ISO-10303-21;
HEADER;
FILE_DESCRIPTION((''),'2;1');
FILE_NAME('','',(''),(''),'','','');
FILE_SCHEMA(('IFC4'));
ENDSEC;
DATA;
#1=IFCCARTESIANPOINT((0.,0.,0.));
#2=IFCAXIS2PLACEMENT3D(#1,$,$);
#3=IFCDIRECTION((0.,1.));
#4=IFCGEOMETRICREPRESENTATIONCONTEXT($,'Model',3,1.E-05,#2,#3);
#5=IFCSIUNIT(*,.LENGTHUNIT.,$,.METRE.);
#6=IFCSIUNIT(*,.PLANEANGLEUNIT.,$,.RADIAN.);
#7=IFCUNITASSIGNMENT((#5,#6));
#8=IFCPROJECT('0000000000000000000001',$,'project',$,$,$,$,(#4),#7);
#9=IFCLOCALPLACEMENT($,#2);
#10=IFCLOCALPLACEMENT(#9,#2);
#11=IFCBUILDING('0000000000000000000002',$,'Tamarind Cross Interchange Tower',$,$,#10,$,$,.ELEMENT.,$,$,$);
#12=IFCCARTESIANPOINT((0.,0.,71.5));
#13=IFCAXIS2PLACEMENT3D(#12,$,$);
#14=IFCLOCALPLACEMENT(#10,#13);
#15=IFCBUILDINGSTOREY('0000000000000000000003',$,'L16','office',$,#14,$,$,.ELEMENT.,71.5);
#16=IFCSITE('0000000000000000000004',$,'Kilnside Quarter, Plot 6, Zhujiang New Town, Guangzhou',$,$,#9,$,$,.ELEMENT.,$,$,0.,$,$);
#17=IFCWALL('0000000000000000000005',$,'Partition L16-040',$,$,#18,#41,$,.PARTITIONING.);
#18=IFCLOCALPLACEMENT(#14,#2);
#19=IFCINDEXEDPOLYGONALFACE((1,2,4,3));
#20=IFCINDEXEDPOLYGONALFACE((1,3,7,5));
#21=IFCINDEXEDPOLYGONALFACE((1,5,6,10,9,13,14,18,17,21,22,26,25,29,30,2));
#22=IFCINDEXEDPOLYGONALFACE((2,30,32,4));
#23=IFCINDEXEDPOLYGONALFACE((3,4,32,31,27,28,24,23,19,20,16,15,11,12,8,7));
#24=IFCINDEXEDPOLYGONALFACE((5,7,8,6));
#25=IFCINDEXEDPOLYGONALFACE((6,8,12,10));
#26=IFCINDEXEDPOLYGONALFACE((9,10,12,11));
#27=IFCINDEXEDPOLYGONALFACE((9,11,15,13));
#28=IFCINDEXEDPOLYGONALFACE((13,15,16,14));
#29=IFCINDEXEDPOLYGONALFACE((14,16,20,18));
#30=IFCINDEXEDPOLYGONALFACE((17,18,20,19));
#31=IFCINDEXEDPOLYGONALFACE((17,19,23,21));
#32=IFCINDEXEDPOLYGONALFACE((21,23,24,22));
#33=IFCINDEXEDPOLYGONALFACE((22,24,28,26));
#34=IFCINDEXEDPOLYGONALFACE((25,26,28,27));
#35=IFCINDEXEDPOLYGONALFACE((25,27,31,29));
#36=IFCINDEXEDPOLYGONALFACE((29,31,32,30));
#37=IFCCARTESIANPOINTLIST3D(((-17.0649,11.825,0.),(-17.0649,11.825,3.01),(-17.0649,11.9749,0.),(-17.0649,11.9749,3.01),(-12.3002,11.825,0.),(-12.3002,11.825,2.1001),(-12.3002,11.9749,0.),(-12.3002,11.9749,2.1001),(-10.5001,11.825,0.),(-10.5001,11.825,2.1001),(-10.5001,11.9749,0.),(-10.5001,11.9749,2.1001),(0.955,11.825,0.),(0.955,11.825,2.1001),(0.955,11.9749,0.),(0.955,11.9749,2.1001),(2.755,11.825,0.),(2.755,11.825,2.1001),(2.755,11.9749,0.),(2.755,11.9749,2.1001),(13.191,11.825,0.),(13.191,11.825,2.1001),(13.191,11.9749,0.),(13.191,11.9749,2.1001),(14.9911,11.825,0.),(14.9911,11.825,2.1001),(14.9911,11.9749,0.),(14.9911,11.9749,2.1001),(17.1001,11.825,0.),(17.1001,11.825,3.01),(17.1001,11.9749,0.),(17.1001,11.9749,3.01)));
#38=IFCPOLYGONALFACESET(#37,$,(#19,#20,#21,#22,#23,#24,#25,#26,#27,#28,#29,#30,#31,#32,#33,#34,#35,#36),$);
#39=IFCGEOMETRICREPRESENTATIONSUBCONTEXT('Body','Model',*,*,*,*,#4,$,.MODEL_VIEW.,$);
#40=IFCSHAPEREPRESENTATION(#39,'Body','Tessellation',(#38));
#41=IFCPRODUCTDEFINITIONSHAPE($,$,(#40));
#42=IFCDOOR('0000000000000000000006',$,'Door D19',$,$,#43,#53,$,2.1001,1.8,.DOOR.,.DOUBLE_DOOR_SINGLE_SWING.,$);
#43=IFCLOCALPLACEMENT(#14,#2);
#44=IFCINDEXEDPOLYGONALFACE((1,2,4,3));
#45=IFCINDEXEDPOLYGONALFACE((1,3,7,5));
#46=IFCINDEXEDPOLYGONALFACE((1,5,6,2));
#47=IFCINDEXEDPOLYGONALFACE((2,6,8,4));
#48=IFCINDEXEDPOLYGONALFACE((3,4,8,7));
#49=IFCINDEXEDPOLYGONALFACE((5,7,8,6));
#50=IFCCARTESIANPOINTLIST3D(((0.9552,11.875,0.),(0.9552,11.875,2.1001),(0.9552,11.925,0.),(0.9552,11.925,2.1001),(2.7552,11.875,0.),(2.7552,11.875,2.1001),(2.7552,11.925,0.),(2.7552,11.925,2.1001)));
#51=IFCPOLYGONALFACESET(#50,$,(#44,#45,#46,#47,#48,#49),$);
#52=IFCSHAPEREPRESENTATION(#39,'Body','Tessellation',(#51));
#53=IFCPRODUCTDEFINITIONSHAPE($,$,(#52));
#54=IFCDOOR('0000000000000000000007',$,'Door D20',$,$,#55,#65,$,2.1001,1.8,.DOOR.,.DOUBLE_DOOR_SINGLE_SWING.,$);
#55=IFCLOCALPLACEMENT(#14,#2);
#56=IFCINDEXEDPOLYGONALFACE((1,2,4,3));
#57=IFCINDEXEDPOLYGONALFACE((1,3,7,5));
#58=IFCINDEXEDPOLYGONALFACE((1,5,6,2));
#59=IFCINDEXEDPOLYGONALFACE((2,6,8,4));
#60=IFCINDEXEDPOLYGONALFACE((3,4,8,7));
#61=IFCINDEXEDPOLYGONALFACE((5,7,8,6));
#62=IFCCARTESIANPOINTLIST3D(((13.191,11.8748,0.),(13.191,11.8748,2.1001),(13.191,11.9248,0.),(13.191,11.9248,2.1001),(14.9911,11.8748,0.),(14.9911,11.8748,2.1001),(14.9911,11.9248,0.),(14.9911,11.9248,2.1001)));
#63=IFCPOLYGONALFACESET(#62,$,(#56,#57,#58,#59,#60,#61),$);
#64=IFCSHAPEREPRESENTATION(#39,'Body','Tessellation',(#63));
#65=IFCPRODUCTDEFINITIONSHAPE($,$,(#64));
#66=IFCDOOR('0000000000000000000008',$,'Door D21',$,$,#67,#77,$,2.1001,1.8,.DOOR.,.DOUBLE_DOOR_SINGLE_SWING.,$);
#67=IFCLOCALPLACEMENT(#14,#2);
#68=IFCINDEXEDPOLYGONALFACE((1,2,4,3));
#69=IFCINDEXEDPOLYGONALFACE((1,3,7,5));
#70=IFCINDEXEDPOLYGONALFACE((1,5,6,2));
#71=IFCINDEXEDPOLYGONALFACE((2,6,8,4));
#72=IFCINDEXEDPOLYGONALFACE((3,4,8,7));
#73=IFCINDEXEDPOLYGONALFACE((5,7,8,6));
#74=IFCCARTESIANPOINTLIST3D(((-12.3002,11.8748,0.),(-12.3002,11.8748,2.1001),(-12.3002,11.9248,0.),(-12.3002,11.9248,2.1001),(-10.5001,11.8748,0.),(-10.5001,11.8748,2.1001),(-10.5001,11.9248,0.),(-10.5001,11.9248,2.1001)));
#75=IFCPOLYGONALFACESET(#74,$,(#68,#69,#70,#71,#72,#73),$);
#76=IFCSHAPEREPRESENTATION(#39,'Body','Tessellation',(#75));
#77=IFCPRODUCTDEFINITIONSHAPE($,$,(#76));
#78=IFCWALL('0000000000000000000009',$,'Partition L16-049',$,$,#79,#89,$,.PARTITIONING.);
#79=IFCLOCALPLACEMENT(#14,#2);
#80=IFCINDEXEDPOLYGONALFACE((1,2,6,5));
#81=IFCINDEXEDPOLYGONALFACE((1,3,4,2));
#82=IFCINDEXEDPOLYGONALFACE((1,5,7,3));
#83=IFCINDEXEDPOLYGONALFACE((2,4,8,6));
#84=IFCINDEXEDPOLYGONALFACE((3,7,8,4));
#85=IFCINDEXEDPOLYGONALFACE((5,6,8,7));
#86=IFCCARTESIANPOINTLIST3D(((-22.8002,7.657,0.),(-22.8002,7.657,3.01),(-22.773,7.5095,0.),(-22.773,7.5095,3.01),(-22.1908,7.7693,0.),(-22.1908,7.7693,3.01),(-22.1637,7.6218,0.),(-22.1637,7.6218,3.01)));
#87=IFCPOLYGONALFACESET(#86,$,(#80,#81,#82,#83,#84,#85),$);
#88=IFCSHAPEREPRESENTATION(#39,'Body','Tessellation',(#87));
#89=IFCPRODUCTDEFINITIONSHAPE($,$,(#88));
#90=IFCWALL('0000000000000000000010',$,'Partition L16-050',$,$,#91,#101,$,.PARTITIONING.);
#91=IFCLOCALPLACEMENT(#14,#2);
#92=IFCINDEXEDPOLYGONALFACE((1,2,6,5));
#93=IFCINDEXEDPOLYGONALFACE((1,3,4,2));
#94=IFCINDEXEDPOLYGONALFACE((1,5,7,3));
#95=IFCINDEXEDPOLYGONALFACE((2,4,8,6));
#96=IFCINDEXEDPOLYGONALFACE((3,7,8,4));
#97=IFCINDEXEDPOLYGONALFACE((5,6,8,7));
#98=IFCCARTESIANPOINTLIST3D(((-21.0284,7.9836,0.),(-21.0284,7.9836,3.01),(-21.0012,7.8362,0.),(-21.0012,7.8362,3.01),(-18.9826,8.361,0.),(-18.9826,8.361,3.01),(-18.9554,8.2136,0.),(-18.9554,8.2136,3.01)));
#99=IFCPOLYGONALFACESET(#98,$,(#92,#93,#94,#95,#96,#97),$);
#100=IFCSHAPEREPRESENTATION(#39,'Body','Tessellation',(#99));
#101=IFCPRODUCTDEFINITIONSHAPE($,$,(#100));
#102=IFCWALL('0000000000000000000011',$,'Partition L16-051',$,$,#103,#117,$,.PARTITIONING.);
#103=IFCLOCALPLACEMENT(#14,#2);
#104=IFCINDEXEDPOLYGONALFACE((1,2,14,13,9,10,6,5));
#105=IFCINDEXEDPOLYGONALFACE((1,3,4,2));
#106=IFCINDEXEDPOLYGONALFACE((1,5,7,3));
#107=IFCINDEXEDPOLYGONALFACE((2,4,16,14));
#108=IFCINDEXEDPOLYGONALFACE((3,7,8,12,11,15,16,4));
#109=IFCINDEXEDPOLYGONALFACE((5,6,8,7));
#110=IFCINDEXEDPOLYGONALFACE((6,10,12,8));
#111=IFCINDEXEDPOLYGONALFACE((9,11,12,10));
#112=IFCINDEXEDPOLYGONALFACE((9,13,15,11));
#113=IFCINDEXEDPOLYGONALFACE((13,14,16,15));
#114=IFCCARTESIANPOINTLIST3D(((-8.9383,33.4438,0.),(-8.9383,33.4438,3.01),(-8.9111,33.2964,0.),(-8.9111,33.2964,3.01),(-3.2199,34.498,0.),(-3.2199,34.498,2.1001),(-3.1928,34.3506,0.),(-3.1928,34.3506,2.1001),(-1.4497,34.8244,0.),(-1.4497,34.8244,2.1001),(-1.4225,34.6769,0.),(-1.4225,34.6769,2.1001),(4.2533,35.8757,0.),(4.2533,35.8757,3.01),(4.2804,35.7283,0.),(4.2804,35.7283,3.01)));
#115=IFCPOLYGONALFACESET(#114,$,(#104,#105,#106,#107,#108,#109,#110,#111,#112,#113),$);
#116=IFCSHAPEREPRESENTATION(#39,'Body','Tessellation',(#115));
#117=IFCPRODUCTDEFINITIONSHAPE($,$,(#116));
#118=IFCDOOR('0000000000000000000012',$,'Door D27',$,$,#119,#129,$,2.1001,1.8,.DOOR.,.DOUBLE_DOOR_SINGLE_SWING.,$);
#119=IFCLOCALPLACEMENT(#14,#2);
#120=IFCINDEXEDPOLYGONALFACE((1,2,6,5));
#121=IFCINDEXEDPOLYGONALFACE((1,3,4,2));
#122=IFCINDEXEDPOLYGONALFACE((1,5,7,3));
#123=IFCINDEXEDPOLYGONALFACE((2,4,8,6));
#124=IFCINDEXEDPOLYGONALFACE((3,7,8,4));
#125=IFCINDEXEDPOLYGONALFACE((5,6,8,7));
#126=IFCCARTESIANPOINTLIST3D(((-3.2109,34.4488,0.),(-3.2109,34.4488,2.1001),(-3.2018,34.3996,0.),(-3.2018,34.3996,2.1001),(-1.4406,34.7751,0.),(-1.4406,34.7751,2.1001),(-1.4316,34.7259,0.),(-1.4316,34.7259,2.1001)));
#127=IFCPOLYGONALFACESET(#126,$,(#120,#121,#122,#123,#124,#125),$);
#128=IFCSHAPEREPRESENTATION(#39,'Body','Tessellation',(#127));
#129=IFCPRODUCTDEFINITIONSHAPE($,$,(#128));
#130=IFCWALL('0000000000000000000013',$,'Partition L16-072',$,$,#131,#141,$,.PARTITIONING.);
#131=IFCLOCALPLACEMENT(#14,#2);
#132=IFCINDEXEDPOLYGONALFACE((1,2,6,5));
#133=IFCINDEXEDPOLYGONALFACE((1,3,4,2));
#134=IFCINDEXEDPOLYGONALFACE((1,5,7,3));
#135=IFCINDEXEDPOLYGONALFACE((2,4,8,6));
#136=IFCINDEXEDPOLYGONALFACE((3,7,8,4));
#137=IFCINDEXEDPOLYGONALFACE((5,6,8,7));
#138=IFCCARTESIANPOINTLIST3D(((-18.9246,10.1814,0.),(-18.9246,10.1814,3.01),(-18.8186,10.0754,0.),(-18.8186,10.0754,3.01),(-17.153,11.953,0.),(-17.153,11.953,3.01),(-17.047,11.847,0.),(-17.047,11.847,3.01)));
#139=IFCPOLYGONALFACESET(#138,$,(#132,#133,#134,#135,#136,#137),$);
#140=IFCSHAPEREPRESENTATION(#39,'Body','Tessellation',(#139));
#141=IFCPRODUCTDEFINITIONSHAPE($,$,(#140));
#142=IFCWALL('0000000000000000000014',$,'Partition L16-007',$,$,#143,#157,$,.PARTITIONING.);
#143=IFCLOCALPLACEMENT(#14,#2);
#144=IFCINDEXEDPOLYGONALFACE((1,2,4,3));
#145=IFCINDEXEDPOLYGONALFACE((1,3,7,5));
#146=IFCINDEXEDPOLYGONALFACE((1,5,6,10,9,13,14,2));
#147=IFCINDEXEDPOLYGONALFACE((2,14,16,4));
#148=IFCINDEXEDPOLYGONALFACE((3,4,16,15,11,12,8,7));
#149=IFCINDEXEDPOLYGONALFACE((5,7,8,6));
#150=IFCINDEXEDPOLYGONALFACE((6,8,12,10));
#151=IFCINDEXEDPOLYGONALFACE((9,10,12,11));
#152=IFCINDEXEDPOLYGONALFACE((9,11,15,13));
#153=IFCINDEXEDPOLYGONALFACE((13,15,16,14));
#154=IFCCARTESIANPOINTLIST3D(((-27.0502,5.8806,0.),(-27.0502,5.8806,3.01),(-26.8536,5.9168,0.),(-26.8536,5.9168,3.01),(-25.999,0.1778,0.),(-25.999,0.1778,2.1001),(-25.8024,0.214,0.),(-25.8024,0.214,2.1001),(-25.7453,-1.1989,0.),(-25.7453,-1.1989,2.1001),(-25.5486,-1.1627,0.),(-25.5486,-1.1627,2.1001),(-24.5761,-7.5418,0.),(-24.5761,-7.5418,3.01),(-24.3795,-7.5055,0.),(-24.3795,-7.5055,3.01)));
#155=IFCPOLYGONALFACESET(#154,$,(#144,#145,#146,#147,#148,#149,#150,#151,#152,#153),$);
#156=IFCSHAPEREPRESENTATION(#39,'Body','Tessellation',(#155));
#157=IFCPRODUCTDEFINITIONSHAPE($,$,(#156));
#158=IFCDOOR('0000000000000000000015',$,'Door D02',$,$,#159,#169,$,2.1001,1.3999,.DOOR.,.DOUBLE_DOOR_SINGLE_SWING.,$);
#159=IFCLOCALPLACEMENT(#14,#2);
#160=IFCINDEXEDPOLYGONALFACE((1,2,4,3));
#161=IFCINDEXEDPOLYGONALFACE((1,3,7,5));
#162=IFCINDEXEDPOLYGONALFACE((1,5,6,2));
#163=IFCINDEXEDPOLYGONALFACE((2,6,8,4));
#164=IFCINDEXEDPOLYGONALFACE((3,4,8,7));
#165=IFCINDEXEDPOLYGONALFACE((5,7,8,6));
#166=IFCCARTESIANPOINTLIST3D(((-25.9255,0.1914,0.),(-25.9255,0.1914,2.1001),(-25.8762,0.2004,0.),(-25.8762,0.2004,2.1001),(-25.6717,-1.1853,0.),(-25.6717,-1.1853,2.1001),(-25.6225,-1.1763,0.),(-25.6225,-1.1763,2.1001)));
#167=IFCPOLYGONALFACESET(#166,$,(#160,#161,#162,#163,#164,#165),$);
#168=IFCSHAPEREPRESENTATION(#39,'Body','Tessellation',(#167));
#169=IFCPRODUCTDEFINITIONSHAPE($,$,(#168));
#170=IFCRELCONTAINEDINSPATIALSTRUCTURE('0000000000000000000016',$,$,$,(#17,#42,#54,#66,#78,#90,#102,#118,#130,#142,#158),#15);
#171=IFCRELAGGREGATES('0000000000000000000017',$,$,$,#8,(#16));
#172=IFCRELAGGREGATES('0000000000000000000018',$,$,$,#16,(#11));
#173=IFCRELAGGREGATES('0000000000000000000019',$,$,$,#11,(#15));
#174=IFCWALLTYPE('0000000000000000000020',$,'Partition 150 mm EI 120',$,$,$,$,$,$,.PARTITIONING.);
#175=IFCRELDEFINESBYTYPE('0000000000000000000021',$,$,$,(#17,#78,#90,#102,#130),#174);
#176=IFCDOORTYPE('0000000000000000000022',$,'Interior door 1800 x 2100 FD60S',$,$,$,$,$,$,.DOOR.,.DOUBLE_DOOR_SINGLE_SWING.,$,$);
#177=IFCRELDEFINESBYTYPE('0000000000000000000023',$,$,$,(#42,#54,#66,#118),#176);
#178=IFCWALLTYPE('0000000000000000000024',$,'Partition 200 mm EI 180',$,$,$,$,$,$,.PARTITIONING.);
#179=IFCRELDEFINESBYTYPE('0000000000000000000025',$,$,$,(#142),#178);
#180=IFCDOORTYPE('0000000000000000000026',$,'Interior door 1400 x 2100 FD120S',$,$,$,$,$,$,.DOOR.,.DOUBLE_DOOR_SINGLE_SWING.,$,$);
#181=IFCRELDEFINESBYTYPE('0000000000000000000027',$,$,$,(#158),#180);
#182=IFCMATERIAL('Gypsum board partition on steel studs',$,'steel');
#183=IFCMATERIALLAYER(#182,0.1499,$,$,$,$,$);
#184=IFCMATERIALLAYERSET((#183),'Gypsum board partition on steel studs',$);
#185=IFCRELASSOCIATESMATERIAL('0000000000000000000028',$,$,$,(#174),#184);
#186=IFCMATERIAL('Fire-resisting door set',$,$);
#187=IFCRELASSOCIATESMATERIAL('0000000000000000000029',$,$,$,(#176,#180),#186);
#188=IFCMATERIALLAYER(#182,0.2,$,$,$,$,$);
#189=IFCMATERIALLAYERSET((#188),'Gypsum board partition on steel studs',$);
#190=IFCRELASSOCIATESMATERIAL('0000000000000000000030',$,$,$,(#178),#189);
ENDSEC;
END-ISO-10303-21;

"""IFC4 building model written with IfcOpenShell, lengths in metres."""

from ifc_helpers import new_model, si_unit, direction, frame, frame_2d, origin, place, context, subcontext, project, spatial, rectangle, extrude, material, layer, layer_set, type_object, element, fill, save


model = new_model("IFC4")

# Units and contexts
model_context = context("Model", 3, precision=1e-05, world=origin(), true_north=direction((0.0, 1.0)))
body_context = subcontext(model_context, "Body", "Model", "MODEL_VIEW")
ifc_project = project(units=[si_unit("LENGTHUNIT", "METRE"), si_unit("PLANEANGLEUNIT", "RADIAN")], contexts=[model_context])

# Site, building, storey
site_placement = place(None, origin())
site = spatial("IfcSite", under=ifc_project, at=site_placement, Name="Kilnside Quarter, Plot 6, Zhujiang New Town, Guangzhou", CompositionType="ELEMENT", RefElevation=0.0)
building_placement = place(site_placement, origin())
building = spatial("IfcBuilding", under=site, at=building_placement, Name="Tamarind Cross Interchange Tower", CompositionType="ELEMENT")
storey_placement = place(building_placement, frame((0.0, 0.0, 71.5)))
storey = spatial("IfcBuildingStorey", under=building, at=storey_placement, Name="L16", Description="office", CompositionType="ELEMENT", Elevation=71.5)

# Shared definitions
ifc_material_1 = material(Name="Gypsum board partition on steel studs", Category="steel")
ifc_layer_1 = layer(ifc_material_1, 0.1499)
ifc_layer_set_1 = layer_set([ifc_layer_1], Name="Gypsum board partition on steel studs")
wall_type_1 = type_object("IfcWallType", Name="Partition 150 mm EI 120", PredefinedType="PARTITIONING", material=ifc_layer_set_1)

# Wall, openings, doors
wall_1_placement = place(storey_placement, frame((-17.0649, 11.8999, 0.0), z_axis=(0.0, 0.0, 1.0), x_axis=(1.0, 0.0, 0.0)))
wall_1 = element("IfcWall", 1, at=wall_1_placement, inside=storey, type_object=wall_type_1, Name="Partition L16-040", PredefinedType="PARTITIONING", context=body_context, shape_type="SweptSolid", body=[
    extrude(rectangle(XDim=34.165, YDim=0.1499, at=frame_2d((17.0825, 0.0))), origin(), (0.0, 0.0, 1.0), 3.01),
])
opening_1_placement = place(wall_1_placement, frame((18.02, 0.0, 0.0)))
opening_1 = element("IfcOpeningElement", 2, at=opening_1_placement, cuts=wall_1, PredefinedType="OPENING", context=body_context, shape_type="SweptSolid", body=[
    extrude(rectangle(XDim=1.8, YDim=2.1001, at=frame_2d((0.8999, 1.05))), frame((0.0, 0.085, 0.0), z_axis=(0.0, -1.0, 0.0), x_axis=(1.0, 0.0, 0.0)), (0.0, 0.0, 1.0), 0.1699),
])
opening_2_placement = place(wall_1_placement, frame((30.2561, 0.0, 0.0)))
opening_2 = element("IfcOpeningElement", 3, at=opening_2_placement, cuts=wall_1, PredefinedType="OPENING", context=body_context, shape_type="SweptSolid", body=[
    extrude(rectangle(XDim=1.8, YDim=2.1001, at=frame_2d((0.8999, 1.05))), frame((0.0, 0.085, 0.0), z_axis=(0.0, -1.0, 0.0), x_axis=(1.0, 0.0, 0.0)), (0.0, 0.0, 1.0), 0.1699),
])
opening_3_placement = place(wall_1_placement, frame((4.7649, 0.0, 0.0)))
opening_3 = element("IfcOpeningElement", 4, at=opening_3_placement, cuts=wall_1, PredefinedType="OPENING", context=body_context, shape_type="SweptSolid", body=[
    extrude(rectangle(XDim=1.8, YDim=2.1001, at=frame_2d((0.8999, 1.05))), frame((0.0, 0.085, 0.0), z_axis=(0.0, -1.0, 0.0), x_axis=(1.0, 0.0, 0.0)), (0.0, 0.0, 1.0), 0.1699),
])
ifc_material_2 = material(Name="Fire-resisting door set")
door_type_1 = type_object("IfcDoorType", Name="Interior door 1800 x 2100 FD60S", OperationType="DOUBLE_DOOR_SINGLE_SWING", PredefinedType="DOOR", material=ifc_material_2)
door_1_placement = place(opening_1_placement, frame((1.8, 0.0, 0.0), z_axis=(0.0, 0.0, 1.0), x_axis=(-1.0, 0.0, 0.0)))
door_1 = element("IfcDoor", 5, at=door_1_placement, inside=storey, type_object=door_type_1, Name="Door D19", OperationType="DOUBLE_DOOR_SINGLE_SWING", OverallHeight=2.1001, OverallWidth=1.8, PredefinedType="DOOR", context=body_context, shape_type="SweptSolid", body=[
    extrude(rectangle(XDim=1.8, YDim=2.1001, at=frame_2d((0.8999, 1.05))), frame((0.0, 0.0249, 0.0), z_axis=(0.0, -1.0, 0.0), x_axis=(1.0, 0.0, 0.0)), (0.0, 0.0, 1.0), 0.05),
])
fill(opening_1, door_1)
door_2_placement = place(opening_2_placement, origin())
door_2 = element("IfcDoor", 6, at=door_2_placement, inside=storey, type_object=door_type_1, Name="Door D20", OperationType="DOUBLE_DOOR_SINGLE_SWING", OverallHeight=2.1001, OverallWidth=1.8, PredefinedType="DOOR", context=body_context, shape_type="SweptSolid", body=[
    extrude(rectangle(XDim=1.8, YDim=2.1001, at=frame_2d((0.8999, 1.05))), frame((0.0, 0.0249, 0.0), z_axis=(0.0, -1.0, 0.0), x_axis=(1.0, 0.0, 0.0)), (0.0, 0.0, 1.0), 0.05),
])
fill(opening_2, door_2)
door_3_placement = place(opening_3_placement, origin())
door_3 = element("IfcDoor", 7, at=door_3_placement, inside=storey, type_object=door_type_1, Name="Door D21", OperationType="DOUBLE_DOOR_SINGLE_SWING", OverallHeight=2.1001, OverallWidth=1.8, PredefinedType="DOOR", context=body_context, shape_type="SweptSolid", body=[
    extrude(rectangle(XDim=1.8, YDim=2.1001, at=frame_2d((0.8999, 1.05))), frame((0.0, 0.0249, 0.0), z_axis=(0.0, -1.0, 0.0), x_axis=(1.0, 0.0, 0.0)), (0.0, 0.0, 1.0), 0.05),
])
fill(opening_3, door_3)

# Walls
wall_2_placement = place(storey_placement, frame((-22.7866, 7.5833, 0.0), z_axis=(0.0, 0.0, 1.0), x_axis=(0.983438, 0.181243, 0.0)))
element("IfcWall", 8, at=wall_2_placement, inside=storey, type_object=wall_type_1, Name="Partition L16-049", PredefinedType="PARTITIONING", context=body_context, shape_type="SweptSolid", body=[
    extrude(rectangle(XDim=0.6196, YDim=0.1499, at=frame_2d((0.3098, 0.0))), origin(), (0.0, 0.0, 1.0), 3.01),
])
wall_3_placement = place(storey_placement, frame((-21.0146, 7.9099, 0.0), z_axis=(0.0, 0.0, 1.0), x_axis=(0.983405, 0.181425, 0.0)))
element("IfcWall", 9, at=wall_3_placement, inside=storey, type_object=wall_type_1, Name="Partition L16-050", PredefinedType="PARTITIONING", context=body_context, shape_type="SweptSolid", body=[
    extrude(rectangle(XDim=2.0803, YDim=0.1499, at=frame_2d((1.04, 0.0))), origin(), (0.0, 0.0, 1.0), 3.01),
])

# Wall, opening, door
wall_4_placement = place(storey_placement, frame((-8.9248, 33.3701, 0.0), z_axis=(0.0, 0.0, 1.0), x_axis=(0.983429, 0.181295, 0.0)))
wall_4 = element("IfcWall", 10, at=wall_4_placement, inside=storey, type_object=wall_type_1, Name="Partition L16-051", PredefinedType="PARTITIONING", context=body_context, shape_type="SweptSolid", body=[
    extrude(rectangle(XDim=13.4138, YDim=0.1499, at=frame_2d((6.707, 0.0))), origin(), (0.0, 0.0, 1.0), 3.01),
])
opening_4_placement = place(wall_4_placement, frame((5.8149, 0.0, 0.0)))
opening_4 = element("IfcOpeningElement", 11, at=opening_4_placement, cuts=wall_4, PredefinedType="OPENING", context=body_context, shape_type="SweptSolid", body=[
    extrude(rectangle(XDim=1.8, YDim=2.1001, at=frame_2d((0.8999, 1.05))), frame((0.0, 0.085, 0.0), z_axis=(0.0, -1.0, 0.0), x_axis=(1.0, 0.0, 0.0)), (0.0, 0.0, 1.0), 0.1699),
])
door_4_placement = place(opening_4_placement, origin())
door_4 = element("IfcDoor", 12, at=door_4_placement, inside=storey, type_object=door_type_1, Name="Door D27", OperationType="DOUBLE_DOOR_SINGLE_SWING", OverallHeight=2.1001, OverallWidth=1.8, PredefinedType="DOOR", context=body_context, shape_type="SweptSolid", body=[
    extrude(rectangle(XDim=1.8, YDim=2.1001, at=frame_2d((0.8999, 1.05))), frame((0.0, 0.0249, 0.0), z_axis=(0.0, -1.0, 0.0), x_axis=(1.0, 0.0, 0.0)), (0.0, 0.0, 1.0), 0.05),
])
fill(opening_4, door_4)

# Wall
wall_5_placement = place(storey_placement, frame((-18.8716, 10.1284, 0.0), z_axis=(0.0, 0.0, 1.0), x_axis=(0.707107, 0.707107, 0.0)))
element("IfcWall", 13, at=wall_5_placement, inside=storey, type_object=wall_type_1, Name="Partition L16-072", PredefinedType="PARTITIONING", context=body_context, shape_type="SweptSolid", body=[
    extrude(rectangle(XDim=2.5054, YDim=0.1499, at=frame_2d((1.2527, 0.0))), origin(), (0.0, 0.0, 1.0), 3.01),
])

# Wall, opening, door
ifc_layer_2 = layer(ifc_material_1, 0.2)
ifc_layer_set_2 = layer_set([ifc_layer_2], Name="Gypsum board partition on steel studs")
wall_type_2 = type_object("IfcWallType", Name="Partition 200 mm EI 180", PredefinedType="PARTITIONING", material=ifc_layer_set_2)
wall_6_placement = place(storey_placement, frame((-26.9519, 5.8987, 0.0), z_axis=(0.0, 0.0, 1.0), x_axis=(0.181274, -0.983433, 0.0)))
wall_6 = element("IfcWall", 14, at=wall_6_placement, inside=storey, type_object=wall_type_2, Name="Partition L16-007", PredefinedType="PARTITIONING", context=body_context, shape_type="SweptSolid", body=[
    extrude(rectangle(XDim=13.6484, YDim=0.2, at=frame_2d((6.8242, 0.0))), origin(), (0.0, 0.0, 1.0), 3.01),
])
opening_5_placement = place(wall_6_placement, frame((5.7988, 0.0, 0.0)))
opening_5 = element("IfcOpeningElement", 15, at=opening_5_placement, cuts=wall_6, PredefinedType="OPENING", context=body_context, shape_type="SweptSolid", body=[
    extrude(rectangle(XDim=1.3999, YDim=2.1001, at=frame_2d((0.7, 1.05))), frame((0.0, 0.1099, 0.0), z_axis=(0.0, -1.0, 0.0), x_axis=(1.0, 0.0, 0.0)), (0.0, 0.0, 1.0), 0.22),
])
door_type_2 = type_object("IfcDoorType", Name="Interior door 1400 x 2100 FD120S", OperationType="DOUBLE_DOOR_SINGLE_SWING", PredefinedType="DOOR", material=ifc_material_2)
door_5_placement = place(opening_5_placement, origin())
door_5 = element("IfcDoor", 16, at=door_5_placement, inside=storey, type_object=door_type_2, Name="Door D02", OperationType="DOUBLE_DOOR_SINGLE_SWING", OverallHeight=2.1001, OverallWidth=1.3999, PredefinedType="DOOR", context=body_context, shape_type="SweptSolid", body=[
    extrude(rectangle(XDim=1.3999, YDim=2.1001, at=frame_2d((0.7, 1.05))), frame((0.0, 0.0249, 0.0), z_axis=(0.0, -1.0, 0.0), x_axis=(1.0, 0.0, 0.0)), (0.0, 0.0, 1.0), 0.05),
])
fill(opening_5, door_5)

save(model, "model.ifc")
